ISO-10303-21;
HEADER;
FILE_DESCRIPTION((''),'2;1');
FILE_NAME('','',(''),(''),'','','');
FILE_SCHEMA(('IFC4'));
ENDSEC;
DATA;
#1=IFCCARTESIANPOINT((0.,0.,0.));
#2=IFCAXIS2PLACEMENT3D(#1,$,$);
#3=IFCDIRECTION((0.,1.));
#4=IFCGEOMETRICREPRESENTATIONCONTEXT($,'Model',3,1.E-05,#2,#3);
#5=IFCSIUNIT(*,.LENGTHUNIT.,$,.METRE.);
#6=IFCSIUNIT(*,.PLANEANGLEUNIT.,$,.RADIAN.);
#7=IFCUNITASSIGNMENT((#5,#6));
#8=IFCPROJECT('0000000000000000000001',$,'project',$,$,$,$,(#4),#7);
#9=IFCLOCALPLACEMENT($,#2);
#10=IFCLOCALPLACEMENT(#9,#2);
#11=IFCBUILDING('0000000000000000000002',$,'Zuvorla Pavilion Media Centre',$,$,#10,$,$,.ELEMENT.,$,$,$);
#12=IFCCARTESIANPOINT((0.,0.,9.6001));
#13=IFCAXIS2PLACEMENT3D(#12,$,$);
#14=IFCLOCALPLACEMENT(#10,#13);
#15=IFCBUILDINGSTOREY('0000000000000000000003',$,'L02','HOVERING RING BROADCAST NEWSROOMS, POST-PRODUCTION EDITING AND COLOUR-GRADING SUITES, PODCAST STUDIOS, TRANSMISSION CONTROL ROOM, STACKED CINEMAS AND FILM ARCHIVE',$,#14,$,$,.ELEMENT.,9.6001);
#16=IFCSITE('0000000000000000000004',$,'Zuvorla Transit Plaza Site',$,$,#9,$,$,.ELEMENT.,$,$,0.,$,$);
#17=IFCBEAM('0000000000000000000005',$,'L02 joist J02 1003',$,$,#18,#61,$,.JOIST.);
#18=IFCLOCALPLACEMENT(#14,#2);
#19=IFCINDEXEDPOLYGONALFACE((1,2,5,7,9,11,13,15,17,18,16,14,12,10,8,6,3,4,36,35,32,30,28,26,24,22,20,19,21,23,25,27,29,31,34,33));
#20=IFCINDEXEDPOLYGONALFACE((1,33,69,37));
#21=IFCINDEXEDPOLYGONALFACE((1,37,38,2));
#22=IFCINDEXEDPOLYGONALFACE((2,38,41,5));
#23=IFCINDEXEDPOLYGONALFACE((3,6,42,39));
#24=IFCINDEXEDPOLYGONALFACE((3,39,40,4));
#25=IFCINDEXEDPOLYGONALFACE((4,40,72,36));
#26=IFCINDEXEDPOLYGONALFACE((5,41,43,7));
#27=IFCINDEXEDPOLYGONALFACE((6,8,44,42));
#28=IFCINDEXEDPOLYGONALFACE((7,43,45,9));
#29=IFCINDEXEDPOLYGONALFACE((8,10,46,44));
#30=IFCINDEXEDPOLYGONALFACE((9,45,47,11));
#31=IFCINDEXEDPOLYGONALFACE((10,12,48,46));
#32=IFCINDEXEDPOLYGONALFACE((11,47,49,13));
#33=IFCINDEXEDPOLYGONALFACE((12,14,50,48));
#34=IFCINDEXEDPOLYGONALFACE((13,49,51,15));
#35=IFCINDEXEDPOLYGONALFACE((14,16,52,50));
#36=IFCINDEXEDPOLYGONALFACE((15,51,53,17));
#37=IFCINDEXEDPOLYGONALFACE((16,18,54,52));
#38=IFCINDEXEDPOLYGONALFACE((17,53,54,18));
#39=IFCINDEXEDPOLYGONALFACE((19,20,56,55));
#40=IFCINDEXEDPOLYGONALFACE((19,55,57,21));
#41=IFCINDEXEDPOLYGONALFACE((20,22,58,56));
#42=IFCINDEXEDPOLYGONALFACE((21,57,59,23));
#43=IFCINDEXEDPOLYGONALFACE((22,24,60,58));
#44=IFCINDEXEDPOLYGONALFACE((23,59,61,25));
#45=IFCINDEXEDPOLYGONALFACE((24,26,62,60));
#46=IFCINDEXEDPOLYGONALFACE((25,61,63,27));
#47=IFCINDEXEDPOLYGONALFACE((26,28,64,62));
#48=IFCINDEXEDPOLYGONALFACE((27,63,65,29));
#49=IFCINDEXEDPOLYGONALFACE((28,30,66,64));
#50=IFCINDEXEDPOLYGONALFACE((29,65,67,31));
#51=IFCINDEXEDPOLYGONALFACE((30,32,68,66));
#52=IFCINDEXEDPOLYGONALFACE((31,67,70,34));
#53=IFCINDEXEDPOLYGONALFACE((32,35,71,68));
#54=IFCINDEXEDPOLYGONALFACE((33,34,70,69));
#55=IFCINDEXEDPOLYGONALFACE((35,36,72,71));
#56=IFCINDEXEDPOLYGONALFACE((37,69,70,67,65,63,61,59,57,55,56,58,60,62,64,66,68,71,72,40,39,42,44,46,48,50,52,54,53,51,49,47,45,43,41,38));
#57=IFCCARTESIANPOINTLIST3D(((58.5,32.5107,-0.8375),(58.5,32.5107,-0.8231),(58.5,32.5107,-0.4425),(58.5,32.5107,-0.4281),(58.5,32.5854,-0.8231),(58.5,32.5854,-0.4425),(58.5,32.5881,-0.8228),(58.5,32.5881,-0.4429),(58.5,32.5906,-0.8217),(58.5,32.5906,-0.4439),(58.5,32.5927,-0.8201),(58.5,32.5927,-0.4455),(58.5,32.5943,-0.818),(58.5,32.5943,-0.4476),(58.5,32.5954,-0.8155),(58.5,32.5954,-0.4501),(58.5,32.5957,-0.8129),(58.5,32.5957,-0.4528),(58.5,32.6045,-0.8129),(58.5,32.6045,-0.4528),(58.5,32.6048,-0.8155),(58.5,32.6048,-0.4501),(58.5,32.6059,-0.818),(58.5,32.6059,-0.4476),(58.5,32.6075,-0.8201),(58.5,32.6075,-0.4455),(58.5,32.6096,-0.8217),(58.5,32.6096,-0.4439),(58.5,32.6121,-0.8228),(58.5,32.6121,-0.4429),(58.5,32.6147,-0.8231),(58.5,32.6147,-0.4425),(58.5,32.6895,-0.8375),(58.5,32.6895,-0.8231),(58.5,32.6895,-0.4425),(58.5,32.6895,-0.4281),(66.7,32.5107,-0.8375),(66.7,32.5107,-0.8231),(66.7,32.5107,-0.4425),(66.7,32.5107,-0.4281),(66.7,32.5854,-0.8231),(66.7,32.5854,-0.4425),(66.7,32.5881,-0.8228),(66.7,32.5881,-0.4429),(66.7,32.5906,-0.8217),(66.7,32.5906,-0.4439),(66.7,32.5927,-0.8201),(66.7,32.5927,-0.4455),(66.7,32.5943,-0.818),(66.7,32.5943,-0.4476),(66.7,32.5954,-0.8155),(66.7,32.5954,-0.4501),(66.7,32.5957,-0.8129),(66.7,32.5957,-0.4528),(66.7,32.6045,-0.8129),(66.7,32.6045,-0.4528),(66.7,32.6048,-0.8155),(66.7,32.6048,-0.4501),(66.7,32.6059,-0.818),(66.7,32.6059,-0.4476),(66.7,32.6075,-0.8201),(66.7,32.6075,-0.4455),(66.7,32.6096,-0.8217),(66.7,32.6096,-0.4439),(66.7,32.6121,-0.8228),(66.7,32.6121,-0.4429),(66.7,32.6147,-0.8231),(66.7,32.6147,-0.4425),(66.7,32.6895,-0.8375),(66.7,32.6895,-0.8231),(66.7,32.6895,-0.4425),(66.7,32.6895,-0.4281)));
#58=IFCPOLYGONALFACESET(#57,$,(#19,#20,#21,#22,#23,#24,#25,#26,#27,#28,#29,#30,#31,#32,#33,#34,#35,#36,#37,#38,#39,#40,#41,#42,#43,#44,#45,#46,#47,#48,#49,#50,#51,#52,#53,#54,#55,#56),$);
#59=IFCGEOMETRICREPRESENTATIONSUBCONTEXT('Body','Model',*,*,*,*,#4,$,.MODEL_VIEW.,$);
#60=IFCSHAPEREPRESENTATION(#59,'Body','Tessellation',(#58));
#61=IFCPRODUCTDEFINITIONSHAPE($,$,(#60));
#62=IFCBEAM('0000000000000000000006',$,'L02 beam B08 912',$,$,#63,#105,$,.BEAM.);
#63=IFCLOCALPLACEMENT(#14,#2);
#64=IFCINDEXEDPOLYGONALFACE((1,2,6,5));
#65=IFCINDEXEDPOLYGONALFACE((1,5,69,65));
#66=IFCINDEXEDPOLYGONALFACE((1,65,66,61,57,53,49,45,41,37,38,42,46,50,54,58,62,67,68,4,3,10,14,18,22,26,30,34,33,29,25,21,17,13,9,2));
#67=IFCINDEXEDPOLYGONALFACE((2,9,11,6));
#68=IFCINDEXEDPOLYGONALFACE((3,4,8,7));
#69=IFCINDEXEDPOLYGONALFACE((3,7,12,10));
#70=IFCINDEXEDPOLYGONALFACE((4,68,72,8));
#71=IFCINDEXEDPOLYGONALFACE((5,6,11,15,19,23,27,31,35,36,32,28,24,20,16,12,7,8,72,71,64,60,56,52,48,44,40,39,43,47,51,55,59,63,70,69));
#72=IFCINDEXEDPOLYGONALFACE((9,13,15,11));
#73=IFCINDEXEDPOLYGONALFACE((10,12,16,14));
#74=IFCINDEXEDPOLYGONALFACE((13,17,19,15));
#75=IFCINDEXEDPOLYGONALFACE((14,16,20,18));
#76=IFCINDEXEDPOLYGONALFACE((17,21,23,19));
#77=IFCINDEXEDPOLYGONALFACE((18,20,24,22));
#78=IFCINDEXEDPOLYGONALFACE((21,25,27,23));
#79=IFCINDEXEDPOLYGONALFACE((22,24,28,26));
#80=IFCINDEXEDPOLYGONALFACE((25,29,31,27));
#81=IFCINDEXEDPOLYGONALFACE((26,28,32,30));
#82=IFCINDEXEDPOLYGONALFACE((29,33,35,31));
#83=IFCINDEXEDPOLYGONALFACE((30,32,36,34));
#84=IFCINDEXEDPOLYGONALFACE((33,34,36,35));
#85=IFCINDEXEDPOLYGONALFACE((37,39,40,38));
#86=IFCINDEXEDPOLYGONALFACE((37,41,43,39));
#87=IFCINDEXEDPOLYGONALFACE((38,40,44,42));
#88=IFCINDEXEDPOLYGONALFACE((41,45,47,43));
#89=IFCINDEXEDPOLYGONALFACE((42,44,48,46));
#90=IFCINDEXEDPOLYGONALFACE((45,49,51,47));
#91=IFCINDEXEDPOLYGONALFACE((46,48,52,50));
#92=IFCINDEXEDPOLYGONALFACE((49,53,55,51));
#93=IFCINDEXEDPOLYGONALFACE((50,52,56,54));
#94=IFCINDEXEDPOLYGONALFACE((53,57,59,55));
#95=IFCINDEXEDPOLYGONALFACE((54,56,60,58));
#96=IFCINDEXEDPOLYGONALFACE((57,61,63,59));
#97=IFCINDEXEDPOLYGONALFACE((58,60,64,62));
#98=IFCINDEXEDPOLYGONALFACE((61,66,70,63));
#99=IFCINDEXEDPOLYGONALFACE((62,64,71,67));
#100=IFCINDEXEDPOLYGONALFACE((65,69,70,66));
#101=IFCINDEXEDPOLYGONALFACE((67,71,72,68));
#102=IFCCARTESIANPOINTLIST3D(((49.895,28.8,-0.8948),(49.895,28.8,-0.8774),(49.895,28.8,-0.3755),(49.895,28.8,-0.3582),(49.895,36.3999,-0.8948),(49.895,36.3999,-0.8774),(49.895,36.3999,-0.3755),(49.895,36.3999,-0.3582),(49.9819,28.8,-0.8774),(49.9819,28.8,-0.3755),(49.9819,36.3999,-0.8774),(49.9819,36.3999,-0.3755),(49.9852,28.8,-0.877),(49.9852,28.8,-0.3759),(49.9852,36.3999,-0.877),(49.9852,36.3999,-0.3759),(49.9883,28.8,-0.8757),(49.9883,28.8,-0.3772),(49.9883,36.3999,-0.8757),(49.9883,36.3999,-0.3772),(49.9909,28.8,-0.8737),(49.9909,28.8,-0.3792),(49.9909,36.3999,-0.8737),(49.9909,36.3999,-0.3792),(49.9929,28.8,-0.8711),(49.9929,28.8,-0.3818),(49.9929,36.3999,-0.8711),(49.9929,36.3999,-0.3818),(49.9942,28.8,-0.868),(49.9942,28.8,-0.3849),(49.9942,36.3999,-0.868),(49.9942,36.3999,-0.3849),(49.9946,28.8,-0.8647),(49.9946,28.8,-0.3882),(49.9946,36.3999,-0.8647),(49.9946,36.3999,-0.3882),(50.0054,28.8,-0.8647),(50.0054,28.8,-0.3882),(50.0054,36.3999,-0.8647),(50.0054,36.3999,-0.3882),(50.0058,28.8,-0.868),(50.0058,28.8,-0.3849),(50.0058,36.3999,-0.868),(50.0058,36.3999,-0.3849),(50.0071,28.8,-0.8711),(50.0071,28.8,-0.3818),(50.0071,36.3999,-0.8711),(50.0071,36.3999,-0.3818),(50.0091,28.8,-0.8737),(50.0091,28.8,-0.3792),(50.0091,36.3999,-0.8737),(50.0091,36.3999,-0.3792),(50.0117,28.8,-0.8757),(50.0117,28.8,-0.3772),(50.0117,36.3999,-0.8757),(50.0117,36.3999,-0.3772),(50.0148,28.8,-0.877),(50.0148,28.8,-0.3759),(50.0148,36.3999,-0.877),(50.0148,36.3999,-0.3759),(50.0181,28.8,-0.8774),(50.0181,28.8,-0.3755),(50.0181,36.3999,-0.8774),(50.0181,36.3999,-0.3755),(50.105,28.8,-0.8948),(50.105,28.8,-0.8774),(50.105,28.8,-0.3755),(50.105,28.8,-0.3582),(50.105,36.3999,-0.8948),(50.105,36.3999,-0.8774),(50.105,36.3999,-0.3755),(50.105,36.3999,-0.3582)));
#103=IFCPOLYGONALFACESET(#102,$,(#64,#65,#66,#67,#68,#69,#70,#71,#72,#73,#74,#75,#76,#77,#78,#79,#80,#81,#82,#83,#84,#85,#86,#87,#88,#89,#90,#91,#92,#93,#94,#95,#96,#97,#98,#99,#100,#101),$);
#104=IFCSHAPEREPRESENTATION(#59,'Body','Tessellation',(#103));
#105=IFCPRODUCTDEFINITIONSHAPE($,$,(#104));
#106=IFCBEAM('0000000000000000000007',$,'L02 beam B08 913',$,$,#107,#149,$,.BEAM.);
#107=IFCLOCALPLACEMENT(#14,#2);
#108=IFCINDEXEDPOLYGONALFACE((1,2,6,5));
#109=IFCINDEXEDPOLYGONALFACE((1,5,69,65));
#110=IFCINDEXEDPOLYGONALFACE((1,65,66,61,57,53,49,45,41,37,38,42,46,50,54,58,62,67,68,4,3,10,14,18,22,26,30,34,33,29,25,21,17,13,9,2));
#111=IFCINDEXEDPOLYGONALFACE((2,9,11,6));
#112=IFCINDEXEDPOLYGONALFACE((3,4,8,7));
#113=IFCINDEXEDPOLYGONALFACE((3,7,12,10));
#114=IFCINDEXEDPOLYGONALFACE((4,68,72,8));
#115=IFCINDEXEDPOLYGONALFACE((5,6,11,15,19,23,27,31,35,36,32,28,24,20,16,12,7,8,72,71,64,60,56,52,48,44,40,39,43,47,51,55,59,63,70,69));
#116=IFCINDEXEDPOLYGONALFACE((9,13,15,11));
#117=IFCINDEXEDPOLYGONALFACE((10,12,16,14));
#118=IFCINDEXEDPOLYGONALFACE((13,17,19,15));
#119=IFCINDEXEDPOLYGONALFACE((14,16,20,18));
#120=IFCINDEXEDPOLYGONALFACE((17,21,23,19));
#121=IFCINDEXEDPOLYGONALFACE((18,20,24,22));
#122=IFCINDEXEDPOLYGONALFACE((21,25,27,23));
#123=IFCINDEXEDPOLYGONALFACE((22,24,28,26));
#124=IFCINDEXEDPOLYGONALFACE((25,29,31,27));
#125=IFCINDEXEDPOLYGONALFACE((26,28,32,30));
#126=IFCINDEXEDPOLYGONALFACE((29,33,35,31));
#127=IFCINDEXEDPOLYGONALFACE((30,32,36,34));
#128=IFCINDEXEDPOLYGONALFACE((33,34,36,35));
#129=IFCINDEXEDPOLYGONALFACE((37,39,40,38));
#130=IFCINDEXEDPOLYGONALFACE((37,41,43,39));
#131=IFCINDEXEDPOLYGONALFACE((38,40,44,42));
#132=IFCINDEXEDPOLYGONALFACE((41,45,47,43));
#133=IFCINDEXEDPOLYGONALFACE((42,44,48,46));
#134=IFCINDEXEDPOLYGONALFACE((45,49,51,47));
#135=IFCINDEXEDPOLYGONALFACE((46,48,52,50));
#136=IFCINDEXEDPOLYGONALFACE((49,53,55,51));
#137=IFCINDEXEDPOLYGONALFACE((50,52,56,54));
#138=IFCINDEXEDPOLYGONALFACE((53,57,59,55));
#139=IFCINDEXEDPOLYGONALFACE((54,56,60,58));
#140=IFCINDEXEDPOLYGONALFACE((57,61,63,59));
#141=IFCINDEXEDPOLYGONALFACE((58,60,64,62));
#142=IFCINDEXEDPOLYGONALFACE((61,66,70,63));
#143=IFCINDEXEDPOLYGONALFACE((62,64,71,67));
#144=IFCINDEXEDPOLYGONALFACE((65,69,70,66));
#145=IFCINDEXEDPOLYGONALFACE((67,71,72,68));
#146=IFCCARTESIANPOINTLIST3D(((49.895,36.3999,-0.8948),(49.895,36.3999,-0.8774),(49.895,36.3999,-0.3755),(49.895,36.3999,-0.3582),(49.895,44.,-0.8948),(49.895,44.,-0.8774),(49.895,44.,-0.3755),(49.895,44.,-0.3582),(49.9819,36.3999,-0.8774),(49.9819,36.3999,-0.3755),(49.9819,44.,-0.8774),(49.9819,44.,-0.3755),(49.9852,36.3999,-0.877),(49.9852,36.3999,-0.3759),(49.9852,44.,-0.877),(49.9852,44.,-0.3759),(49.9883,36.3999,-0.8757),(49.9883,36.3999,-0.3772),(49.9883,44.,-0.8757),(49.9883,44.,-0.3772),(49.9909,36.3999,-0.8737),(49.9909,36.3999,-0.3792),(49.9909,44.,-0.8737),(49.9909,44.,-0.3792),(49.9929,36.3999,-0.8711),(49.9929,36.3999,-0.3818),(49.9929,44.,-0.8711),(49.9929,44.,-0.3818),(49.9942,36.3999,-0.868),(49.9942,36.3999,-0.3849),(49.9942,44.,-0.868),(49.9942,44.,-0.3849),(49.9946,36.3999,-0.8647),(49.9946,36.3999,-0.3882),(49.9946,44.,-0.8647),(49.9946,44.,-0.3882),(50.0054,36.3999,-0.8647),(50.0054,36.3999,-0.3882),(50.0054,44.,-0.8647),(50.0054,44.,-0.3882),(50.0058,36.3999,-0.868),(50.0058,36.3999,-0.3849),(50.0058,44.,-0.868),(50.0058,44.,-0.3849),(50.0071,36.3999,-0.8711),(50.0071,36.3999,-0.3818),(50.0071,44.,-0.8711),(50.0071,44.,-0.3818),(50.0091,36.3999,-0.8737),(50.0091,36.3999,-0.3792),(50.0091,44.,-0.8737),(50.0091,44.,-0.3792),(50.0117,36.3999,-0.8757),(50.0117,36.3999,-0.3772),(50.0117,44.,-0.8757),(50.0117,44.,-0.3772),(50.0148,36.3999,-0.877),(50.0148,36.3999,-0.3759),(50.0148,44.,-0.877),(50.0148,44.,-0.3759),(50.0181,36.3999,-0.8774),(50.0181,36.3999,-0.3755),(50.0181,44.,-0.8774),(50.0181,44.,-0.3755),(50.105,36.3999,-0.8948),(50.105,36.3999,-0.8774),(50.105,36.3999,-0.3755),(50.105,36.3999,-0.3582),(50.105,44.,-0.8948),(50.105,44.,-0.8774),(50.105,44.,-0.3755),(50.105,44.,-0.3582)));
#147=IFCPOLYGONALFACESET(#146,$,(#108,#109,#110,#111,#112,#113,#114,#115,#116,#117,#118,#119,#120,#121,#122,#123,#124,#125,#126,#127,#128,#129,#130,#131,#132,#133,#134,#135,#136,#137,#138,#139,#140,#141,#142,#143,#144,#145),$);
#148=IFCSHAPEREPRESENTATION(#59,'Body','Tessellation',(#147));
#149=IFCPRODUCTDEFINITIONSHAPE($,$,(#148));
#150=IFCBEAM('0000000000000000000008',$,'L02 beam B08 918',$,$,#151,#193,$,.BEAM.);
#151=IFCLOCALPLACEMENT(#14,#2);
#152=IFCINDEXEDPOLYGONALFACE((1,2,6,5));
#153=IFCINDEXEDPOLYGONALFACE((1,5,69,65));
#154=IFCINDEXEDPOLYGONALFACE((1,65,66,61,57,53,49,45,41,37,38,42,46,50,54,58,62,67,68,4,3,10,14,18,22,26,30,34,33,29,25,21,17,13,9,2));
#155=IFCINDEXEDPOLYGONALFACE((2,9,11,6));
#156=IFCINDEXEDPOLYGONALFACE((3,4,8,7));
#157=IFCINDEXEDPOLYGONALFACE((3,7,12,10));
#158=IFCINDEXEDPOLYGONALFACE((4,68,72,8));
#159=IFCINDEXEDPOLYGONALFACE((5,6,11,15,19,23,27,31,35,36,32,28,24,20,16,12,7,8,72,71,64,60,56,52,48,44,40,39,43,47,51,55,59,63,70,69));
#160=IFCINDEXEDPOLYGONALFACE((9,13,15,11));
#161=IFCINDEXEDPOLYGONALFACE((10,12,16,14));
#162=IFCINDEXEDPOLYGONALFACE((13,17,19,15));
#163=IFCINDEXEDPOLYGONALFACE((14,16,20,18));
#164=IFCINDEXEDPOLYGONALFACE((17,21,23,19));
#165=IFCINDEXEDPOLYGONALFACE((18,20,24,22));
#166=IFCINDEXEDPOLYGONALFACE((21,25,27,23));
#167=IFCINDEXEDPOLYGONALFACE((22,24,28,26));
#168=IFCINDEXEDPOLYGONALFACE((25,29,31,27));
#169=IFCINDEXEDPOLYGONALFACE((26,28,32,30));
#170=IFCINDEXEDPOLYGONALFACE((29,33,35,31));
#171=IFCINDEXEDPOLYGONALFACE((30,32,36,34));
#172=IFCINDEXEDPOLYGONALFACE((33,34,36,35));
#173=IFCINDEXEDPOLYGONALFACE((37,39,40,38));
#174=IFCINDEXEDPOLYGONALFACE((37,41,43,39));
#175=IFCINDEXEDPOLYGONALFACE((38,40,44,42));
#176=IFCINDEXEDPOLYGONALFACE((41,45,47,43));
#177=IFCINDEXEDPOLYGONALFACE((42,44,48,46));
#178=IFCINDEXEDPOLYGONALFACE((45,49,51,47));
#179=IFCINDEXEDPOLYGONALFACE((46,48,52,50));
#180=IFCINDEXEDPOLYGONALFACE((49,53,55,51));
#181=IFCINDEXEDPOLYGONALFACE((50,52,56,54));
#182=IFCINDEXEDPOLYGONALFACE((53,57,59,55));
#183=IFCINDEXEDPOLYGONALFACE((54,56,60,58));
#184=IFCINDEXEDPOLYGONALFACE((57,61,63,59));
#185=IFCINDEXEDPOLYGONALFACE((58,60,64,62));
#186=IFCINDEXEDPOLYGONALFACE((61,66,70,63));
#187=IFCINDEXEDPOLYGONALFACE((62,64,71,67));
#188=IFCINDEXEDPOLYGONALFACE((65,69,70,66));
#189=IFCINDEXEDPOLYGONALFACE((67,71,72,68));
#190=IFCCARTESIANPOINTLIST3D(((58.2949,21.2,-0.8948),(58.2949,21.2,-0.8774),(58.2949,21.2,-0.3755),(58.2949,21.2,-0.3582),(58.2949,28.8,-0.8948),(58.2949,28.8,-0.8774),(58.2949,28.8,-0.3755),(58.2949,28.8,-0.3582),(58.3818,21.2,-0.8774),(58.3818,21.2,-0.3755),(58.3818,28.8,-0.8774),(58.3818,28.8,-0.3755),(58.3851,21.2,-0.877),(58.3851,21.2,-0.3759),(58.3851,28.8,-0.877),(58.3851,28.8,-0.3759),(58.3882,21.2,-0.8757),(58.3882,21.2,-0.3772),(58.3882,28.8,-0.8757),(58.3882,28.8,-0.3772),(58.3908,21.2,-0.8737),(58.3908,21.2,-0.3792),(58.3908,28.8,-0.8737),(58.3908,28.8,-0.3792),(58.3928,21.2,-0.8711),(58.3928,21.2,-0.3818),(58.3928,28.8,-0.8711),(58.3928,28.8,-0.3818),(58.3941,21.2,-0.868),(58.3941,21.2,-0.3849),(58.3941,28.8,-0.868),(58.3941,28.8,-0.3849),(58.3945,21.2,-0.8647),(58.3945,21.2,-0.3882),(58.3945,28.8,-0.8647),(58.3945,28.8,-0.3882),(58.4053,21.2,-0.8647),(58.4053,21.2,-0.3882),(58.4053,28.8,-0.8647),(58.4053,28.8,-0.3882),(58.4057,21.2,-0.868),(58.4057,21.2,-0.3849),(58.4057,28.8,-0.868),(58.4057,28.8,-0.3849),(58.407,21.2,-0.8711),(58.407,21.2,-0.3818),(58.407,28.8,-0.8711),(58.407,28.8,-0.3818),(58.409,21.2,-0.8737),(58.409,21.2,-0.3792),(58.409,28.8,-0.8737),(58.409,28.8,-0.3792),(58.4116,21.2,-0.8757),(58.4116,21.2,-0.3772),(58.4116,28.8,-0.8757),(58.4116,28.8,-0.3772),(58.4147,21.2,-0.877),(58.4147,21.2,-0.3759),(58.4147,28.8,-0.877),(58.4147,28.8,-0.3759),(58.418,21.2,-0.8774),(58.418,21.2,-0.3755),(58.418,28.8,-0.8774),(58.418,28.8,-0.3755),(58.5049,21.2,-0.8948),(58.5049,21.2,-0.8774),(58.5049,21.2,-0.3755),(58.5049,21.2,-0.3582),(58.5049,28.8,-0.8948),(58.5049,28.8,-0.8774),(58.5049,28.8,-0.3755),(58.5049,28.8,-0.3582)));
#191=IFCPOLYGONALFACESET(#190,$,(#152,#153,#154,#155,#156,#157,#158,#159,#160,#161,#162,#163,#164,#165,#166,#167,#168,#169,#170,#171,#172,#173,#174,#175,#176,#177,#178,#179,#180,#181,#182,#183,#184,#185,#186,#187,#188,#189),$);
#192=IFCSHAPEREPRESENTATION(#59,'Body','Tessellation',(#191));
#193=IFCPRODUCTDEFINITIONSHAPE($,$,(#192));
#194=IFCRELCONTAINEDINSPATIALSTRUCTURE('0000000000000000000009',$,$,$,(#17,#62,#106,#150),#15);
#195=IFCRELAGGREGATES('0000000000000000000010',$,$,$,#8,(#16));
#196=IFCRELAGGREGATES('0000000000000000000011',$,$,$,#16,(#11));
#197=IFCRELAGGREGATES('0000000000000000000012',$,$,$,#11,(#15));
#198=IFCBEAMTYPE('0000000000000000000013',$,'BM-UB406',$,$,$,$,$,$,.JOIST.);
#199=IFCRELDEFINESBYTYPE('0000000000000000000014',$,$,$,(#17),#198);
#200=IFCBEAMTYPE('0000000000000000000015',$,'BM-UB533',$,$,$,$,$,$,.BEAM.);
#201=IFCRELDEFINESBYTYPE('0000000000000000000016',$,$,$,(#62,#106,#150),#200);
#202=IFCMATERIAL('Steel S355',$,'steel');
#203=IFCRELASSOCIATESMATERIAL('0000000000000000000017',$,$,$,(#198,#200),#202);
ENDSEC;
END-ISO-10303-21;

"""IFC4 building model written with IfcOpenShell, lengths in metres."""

from ifc_helpers import new_model, si_unit, direction, frame, origin, origin_2d, place, context, subcontext, project, spatial, i_section, extrude, material, material_profile, profile_set, type_object, element, save


model = new_model("IFC4")

# Units and contexts
model_context = context("Model", 3, precision=1e-05, world=origin(), true_north=direction((0.0, 1.0)))
body_context = subcontext(model_context, "Body", "Model", "MODEL_VIEW")
ifc_project = project(units=[si_unit("LENGTHUNIT", "METRE"), si_unit("PLANEANGLEUNIT", "RADIAN")], contexts=[model_context])

# Site, building, storey
site_placement = place(None, origin())
site = spatial("IfcSite", under=ifc_project, at=site_placement, Name="Zuvorla Transit Plaza Site", CompositionType="ELEMENT", RefElevation=0.0)
building_placement = place(site_placement, origin())
building = spatial("IfcBuilding", under=site, at=building_placement, Name="Zuvorla Pavilion Media Centre", CompositionType="ELEMENT")
storey_placement = place(building_placement, frame((0.0, 0.0, 9.6001)))
storey = spatial("IfcBuildingStorey", under=building, at=storey_placement, Name="L02", Description="HOVERING RING BROADCAST NEWSROOMS, POST-PRODUCTION EDITING AND COLOUR-GRADING SUITES, PODCAST STUDIOS, TRANSMISSION CONTROL ROOM, STACKED CINEMAS AND FILM ARCHIVE", CompositionType="ELEMENT", Elevation=9.6001)

# Beams
ifc_material_1 = material(Name="Steel S355", Category="steel")
ifc_material_profile_1 = material_profile(ifc_material_1, i_section(OverallWidth=0.1787, OverallDepth=0.4094, WebThickness=0.0088, FlangeThickness=0.0144, FilletRadius=0.0103, at=origin_2d()), Name="UB 406x178x67")
ifc_profile_set_1 = profile_set([ifc_material_profile_1], Name="Steel S355")
beam_type_1 = type_object("IfcBeamType", Name="BM-UB406", PredefinedType="JOIST", material=ifc_profile_set_1)
for number, where, z_axis, x_axis, name in (
    (1, (58.5, 32.6001, -0.6328), (1.0, 0.0, 0.0), (0.0, 1.0, 0.0), "L02 joist J02 1003"),
):
    element("IfcBeam", number, at=place(storey_placement, frame(where, z_axis=z_axis, x_axis=x_axis)), inside=storey, type_object=beam_type_1, Name=name, PredefinedType="JOIST", context=body_context, shape_type="SweptSolid", body=[
        extrude(i_section(OverallWidth=0.1787, OverallDepth=0.4094, WebThickness=0.0088, FlangeThickness=0.0144, FilletRadius=0.0103, at=origin_2d()), origin(), (0.0, 0.0, 1.0), 8.2),
    ])
ifc_material_profile_2 = material_profile(ifc_material_1, i_section(OverallWidth=0.21, OverallDepth=0.5366, WebThickness=0.0107, FlangeThickness=0.0173, FilletRadius=0.0127, at=origin_2d()), Name="UB 533x210x101")
ifc_profile_set_2 = profile_set([ifc_material_profile_2], Name="Steel S355")
beam_type_2 = type_object("IfcBeamType", Name="BM-UB533", PredefinedType="BEAM", material=ifc_profile_set_2)
beam_1_placement = place(storey_placement, frame((50.0, 28.8, -0.6265), z_axis=(0.0, 1.0, 0.0), x_axis=(-1.0, 0.0, 0.0)))
element("IfcBeam", 2, at=beam_1_placement, inside=storey, type_object=beam_type_2, Name="L02 beam B08 912", PredefinedType="BEAM", context=body_context, shape_type="SweptSolid", body=[
    extrude(i_section(OverallWidth=0.21, OverallDepth=0.5366, WebThickness=0.0107, FlangeThickness=0.0173, FilletRadius=0.0127, at=origin_2d()), origin(), (0.0, 0.0, 1.0), 7.5999),
])
for number, where, z_axis, x_axis, name in (
    (3, (50.0, 36.3999, -0.6265), (0.0, 1.0, 0.0), (-1.0, 0.0, 0.0), "L02 beam B08 913"),
    (4, (58.3999, 21.2, -0.6265), (0.0, 1.0, 0.0), (-1.0, 0.0, 0.0), "L02 beam B08 918"),
):
    element("IfcBeam", number, at=place(storey_placement, frame(where, z_axis=z_axis, x_axis=x_axis)), inside=storey, type_object=beam_type_2, Name=name, PredefinedType="BEAM", context=body_context, shape_type="SweptSolid", body=[
        extrude(i_section(OverallWidth=0.21, OverallDepth=0.5366, WebThickness=0.0107, FlangeThickness=0.0173, FilletRadius=0.0127, at=origin_2d()), origin(), (0.0, 0.0, 1.0), 7.6001),
    ])

save(model, "model.ifc")
